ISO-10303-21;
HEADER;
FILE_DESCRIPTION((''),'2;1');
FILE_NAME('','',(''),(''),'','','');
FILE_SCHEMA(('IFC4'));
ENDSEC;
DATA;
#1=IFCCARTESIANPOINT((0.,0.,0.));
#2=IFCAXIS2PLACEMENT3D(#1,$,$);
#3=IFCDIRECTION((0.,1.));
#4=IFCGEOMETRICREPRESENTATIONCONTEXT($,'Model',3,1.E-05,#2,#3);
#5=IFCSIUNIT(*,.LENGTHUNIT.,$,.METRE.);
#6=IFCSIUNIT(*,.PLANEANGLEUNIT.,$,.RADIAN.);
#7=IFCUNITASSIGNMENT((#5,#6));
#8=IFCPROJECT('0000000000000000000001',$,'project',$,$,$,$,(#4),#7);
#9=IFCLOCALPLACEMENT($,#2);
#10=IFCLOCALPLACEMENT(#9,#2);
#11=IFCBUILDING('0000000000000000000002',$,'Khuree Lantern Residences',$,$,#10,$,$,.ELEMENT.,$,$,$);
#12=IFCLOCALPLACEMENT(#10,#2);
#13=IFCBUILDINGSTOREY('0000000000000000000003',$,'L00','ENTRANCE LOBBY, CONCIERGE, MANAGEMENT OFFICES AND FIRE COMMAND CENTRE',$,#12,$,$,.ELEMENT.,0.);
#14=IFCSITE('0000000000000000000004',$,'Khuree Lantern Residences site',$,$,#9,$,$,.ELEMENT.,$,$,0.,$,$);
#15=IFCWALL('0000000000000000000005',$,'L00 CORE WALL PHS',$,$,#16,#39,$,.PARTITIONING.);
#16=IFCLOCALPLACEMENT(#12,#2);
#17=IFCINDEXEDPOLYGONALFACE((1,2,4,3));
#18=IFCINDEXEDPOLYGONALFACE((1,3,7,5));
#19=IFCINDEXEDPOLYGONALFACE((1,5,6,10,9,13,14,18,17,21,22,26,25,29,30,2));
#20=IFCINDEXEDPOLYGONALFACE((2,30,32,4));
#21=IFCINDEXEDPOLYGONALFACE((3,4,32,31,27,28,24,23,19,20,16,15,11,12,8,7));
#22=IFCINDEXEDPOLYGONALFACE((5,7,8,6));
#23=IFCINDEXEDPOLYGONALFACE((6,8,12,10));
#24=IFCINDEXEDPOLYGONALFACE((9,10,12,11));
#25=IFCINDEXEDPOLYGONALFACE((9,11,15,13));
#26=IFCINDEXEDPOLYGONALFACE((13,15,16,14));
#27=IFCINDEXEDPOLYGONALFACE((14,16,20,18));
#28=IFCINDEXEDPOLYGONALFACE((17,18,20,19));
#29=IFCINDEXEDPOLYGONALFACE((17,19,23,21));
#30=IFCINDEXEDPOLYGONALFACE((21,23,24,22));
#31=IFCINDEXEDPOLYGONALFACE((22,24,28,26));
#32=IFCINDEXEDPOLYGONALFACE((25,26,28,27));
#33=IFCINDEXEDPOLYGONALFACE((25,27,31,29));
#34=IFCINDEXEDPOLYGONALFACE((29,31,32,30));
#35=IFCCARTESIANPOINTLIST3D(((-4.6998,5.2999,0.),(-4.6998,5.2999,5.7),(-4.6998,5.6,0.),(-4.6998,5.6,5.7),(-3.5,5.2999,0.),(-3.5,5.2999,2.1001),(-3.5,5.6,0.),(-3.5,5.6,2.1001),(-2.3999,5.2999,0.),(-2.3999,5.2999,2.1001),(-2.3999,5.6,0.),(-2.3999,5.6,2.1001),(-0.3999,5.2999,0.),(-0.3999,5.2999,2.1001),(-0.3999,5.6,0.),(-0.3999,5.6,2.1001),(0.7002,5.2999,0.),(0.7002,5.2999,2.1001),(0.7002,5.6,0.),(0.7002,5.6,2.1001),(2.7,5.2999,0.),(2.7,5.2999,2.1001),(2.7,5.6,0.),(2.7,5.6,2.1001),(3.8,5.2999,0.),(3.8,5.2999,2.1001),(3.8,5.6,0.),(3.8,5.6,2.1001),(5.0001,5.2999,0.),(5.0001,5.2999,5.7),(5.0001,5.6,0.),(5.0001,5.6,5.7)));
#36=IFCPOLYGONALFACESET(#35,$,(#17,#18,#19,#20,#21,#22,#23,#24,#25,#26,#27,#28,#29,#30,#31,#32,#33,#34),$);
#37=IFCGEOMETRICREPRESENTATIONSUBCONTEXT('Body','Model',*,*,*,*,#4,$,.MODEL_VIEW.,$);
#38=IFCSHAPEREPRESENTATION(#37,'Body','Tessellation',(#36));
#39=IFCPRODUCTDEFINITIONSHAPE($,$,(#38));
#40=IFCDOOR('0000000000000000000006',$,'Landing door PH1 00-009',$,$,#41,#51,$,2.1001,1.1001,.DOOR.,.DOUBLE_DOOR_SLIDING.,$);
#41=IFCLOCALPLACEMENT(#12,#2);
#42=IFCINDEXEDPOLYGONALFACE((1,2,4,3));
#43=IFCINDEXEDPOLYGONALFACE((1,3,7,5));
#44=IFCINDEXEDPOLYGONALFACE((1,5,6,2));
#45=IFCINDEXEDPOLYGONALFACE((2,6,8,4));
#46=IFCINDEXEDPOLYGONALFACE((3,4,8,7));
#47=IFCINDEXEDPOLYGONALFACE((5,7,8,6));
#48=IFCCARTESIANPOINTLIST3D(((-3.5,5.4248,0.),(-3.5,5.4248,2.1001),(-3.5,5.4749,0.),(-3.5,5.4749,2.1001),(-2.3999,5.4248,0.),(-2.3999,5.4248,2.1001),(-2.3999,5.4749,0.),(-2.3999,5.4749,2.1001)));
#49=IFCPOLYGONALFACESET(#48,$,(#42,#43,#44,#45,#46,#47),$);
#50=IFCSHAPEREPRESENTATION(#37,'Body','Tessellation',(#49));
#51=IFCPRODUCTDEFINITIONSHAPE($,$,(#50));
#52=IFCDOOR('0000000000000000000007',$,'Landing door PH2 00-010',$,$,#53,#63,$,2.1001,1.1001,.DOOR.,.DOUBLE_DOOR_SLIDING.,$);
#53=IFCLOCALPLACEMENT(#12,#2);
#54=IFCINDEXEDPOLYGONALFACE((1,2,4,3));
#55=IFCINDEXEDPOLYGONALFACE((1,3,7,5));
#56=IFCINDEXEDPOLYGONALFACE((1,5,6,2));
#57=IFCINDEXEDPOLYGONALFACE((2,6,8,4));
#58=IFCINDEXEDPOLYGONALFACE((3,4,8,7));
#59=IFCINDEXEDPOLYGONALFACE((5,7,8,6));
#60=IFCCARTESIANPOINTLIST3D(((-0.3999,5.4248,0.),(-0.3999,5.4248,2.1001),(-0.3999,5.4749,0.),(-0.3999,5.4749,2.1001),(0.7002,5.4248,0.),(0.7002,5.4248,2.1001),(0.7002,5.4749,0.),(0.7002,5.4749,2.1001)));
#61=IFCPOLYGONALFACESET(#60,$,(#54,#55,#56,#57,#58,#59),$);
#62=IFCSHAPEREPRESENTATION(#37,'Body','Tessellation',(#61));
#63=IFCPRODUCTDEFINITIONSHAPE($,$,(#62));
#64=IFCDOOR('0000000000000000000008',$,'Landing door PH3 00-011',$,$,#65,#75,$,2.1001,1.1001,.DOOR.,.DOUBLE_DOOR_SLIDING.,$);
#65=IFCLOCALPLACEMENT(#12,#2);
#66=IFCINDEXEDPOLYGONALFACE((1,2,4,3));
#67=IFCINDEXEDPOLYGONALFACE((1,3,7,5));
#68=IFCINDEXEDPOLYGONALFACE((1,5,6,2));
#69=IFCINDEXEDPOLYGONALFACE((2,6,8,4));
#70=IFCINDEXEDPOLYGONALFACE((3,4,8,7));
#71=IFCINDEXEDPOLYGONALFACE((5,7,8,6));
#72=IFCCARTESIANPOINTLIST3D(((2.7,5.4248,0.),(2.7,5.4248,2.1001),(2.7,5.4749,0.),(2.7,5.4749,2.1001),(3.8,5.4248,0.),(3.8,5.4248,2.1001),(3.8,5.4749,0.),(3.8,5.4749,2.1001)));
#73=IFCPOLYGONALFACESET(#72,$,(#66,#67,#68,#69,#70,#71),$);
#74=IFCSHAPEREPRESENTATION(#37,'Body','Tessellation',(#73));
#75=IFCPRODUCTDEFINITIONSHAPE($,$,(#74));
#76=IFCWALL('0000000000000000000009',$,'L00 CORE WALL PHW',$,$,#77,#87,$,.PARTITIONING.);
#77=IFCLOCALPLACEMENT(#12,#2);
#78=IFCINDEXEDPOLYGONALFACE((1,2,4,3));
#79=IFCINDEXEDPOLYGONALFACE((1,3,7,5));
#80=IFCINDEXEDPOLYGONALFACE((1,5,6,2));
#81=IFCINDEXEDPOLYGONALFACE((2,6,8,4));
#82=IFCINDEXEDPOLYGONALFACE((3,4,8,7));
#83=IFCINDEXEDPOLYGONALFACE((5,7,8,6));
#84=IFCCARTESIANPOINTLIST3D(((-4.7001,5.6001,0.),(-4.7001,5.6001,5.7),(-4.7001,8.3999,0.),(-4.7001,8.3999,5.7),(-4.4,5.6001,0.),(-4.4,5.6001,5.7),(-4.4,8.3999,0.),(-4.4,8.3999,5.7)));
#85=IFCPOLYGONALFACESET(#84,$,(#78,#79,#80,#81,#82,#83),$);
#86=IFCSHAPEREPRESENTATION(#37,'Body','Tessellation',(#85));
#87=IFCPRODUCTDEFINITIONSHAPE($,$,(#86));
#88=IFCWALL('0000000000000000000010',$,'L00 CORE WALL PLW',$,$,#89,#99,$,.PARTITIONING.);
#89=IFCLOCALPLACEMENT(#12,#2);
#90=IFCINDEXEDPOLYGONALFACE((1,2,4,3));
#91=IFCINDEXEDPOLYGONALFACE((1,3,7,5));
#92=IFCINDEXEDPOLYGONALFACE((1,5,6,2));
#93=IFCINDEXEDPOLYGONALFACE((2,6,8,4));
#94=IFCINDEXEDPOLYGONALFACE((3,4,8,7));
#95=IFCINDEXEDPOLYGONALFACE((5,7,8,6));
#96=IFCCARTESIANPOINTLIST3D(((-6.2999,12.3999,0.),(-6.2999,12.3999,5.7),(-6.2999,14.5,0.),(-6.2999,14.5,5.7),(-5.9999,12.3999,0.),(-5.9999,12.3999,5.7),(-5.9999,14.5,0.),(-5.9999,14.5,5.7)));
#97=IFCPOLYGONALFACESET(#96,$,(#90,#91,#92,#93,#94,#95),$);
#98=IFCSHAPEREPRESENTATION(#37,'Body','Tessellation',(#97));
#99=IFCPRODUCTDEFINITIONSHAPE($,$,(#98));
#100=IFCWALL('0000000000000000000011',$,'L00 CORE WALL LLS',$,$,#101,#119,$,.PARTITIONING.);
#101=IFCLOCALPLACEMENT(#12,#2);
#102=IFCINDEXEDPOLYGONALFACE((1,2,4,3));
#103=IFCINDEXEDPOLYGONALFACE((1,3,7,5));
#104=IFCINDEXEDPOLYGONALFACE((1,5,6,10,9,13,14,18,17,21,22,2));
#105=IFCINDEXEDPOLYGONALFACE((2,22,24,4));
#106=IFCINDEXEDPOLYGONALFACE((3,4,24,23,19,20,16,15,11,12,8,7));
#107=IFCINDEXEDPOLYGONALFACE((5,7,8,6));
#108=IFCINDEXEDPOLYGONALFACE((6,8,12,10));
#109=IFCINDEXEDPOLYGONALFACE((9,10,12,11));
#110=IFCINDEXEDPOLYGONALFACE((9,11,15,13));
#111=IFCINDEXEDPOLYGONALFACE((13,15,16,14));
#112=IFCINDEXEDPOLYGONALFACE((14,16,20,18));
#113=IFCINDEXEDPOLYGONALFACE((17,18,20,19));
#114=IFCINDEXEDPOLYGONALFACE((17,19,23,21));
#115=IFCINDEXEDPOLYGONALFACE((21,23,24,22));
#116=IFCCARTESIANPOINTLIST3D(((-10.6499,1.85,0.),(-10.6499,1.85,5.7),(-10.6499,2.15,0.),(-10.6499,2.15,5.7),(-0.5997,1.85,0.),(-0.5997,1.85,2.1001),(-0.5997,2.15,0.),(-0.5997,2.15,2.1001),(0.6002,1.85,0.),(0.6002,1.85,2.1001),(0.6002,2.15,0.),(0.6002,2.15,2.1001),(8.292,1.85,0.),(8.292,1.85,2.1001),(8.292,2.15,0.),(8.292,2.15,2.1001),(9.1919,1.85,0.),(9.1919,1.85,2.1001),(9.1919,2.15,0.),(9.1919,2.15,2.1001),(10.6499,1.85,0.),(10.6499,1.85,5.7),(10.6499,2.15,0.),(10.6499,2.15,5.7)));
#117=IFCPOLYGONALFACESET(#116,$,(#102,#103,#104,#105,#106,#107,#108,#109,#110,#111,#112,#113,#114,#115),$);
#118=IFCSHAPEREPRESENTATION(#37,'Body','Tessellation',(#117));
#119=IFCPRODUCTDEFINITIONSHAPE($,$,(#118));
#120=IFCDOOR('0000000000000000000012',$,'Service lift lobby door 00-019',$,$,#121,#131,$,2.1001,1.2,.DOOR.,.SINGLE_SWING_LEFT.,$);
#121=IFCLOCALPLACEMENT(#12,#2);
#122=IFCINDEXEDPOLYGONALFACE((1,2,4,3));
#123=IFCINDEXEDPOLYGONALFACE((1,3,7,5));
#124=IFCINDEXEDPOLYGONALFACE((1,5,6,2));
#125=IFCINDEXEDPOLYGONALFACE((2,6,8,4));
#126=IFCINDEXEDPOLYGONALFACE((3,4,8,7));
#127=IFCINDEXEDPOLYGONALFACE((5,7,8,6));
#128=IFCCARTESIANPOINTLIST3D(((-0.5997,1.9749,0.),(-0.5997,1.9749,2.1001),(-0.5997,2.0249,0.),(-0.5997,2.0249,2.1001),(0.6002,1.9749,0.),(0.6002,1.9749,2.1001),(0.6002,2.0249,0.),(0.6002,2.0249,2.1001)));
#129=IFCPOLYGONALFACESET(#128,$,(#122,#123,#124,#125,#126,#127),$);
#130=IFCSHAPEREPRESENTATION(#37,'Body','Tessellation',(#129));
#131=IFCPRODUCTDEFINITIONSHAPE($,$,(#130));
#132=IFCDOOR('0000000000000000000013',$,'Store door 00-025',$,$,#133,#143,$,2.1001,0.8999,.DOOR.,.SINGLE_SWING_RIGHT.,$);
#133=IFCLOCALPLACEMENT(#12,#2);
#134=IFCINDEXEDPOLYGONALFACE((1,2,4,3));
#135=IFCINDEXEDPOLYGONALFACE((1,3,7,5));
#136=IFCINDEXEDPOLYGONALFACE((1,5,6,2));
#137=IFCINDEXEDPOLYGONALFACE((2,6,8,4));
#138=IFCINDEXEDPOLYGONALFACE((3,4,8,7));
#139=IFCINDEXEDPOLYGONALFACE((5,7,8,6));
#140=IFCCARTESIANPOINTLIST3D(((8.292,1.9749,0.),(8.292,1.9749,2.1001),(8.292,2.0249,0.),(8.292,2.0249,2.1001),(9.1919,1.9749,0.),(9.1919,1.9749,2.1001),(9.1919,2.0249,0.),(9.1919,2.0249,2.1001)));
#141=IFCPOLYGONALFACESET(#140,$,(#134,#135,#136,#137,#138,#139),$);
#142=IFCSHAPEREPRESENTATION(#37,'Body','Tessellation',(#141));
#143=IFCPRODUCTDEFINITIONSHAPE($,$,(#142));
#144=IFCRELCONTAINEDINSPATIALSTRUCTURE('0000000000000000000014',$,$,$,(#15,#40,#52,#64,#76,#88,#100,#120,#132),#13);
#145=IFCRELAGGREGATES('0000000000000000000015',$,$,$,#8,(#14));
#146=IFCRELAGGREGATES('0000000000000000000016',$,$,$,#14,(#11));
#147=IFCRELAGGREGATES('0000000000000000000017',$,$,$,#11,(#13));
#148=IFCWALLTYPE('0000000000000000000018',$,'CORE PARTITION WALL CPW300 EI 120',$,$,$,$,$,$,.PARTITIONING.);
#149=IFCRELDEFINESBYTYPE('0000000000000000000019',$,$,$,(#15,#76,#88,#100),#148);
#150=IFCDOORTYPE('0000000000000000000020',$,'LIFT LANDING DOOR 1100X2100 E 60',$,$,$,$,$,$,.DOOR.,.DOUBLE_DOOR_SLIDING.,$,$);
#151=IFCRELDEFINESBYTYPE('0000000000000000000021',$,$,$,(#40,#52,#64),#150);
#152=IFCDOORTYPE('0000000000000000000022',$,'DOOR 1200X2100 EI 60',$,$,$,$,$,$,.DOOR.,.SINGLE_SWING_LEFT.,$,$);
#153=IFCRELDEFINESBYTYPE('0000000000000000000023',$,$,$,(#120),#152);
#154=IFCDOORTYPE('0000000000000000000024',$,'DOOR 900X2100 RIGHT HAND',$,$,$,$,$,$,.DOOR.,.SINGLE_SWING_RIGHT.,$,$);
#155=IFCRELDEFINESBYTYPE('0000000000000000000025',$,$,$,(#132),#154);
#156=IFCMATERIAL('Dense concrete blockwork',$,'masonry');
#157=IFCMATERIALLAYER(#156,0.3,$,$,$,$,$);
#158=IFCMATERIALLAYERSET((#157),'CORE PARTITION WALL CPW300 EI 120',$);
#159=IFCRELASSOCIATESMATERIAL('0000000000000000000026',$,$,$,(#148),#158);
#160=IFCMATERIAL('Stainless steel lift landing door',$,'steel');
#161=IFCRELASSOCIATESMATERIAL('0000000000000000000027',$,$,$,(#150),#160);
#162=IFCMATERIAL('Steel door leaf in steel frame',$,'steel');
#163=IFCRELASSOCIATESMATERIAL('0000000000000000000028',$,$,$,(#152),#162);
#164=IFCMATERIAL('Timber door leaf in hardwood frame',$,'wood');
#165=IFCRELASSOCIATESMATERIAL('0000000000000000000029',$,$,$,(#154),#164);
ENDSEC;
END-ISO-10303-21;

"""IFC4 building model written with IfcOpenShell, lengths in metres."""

from ifc_helpers import new_model, si_unit, direction, frame, frame_2d, origin, place, context, subcontext, project, spatial, rectangle, extrude, material, layer, layer_set, type_object, element, fill, save


model = new_model("IFC4")

# Units and contexts
model_context = context("Model", 3, precision=1e-05, world=origin(), true_north=direction((0.0, 1.0)))
body_context = subcontext(model_context, "Body", "Model", "MODEL_VIEW")
ifc_project = project(units=[si_unit("LENGTHUNIT", "METRE"), si_unit("PLANEANGLEUNIT", "RADIAN")], contexts=[model_context])

# Site, building, storey
site_placement = place(None, origin())
site = spatial("IfcSite", under=ifc_project, at=site_placement, Name="Khuree Lantern Residences site", CompositionType="ELEMENT", RefElevation=0.0)
building_placement = place(site_placement, origin())
building = spatial("IfcBuilding", under=site, at=building_placement, Name="Khuree Lantern Residences", CompositionType="ELEMENT")
storey_placement = place(building_placement, origin())
storey = spatial("IfcBuildingStorey", under=building, at=storey_placement, Name="L00", Description="ENTRANCE LOBBY, CONCIERGE, MANAGEMENT OFFICES AND FIRE COMMAND CENTRE", CompositionType="ELEMENT", Elevation=0.0)

# Wall, openings, doors
ifc_material_1 = material(Name="Dense concrete blockwork", Category="masonry")
ifc_layer_1 = layer(ifc_material_1, 0.3)
ifc_layer_set_1 = layer_set([ifc_layer_1], Name="CORE PARTITION WALL CPW300 EI 120")
wall_type_1 = type_object("IfcWallType", Name="CORE PARTITION WALL CPW300 EI 120", PredefinedType="PARTITIONING", material=ifc_layer_set_1)
wall_1_placement = place(storey_placement, frame((-4.7, 5.45, 0.0), z_axis=(0.0, 0.0, 1.0), x_axis=(1.0, 0.0, 0.0)))
wall_1 = element("IfcWall", 1, at=wall_1_placement, inside=storey, type_object=wall_type_1, Name="L00 CORE WALL PHS", PredefinedType="PARTITIONING", context=body_context, shape_type="SweptSolid", body=[
    extrude(rectangle(XDim=9.7, YDim=0.3, at=frame_2d((4.8501, 0.0))), origin(), (0.0, 0.0, 1.0), 5.7),
])
opening_1_placement = place(wall_1_placement, frame((1.2, 0.0, 0.0)))
opening_1 = element("IfcOpeningElement", 2, at=opening_1_placement, cuts=wall_1, PredefinedType="OPENING", context=body_context, shape_type="SweptSolid", body=[
    extrude(rectangle(XDim=1.1001, YDim=2.1001, at=frame_2d((0.55, 1.05))), frame((0.0, 0.1602, 0.0), z_axis=(0.0, -1.0, 0.0), x_axis=(1.0, 0.0, 0.0)), (0.0, 0.0, 1.0), 0.3201),
])
opening_2_placement = place(wall_1_placement, frame((4.3, 0.0, 0.0)))
opening_2 = element("IfcOpeningElement", 3, at=opening_2_placement, cuts=wall_1, PredefinedType="OPENING", context=body_context, shape_type="SweptSolid", body=[
    extrude(rectangle(XDim=1.1001, YDim=2.1001, at=frame_2d((0.55, 1.05))), frame((0.0, 0.1602, 0.0), z_axis=(0.0, -1.0, 0.0), x_axis=(1.0, 0.0, 0.0)), (0.0, 0.0, 1.0), 0.3201),
])
opening_3_placement = place(wall_1_placement, frame((7.3999, 0.0, 0.0)))
opening_3 = element("IfcOpeningElement", 4, at=opening_3_placement, cuts=wall_1, PredefinedType="OPENING", context=body_context, shape_type="SweptSolid", body=[
    extrude(rectangle(XDim=1.1001, YDim=2.1001, at=frame_2d((0.55, 1.05))), frame((0.0, 0.1602, 0.0), z_axis=(0.0, -1.0, 0.0), x_axis=(1.0, 0.0, 0.0)), (0.0, 0.0, 1.0), 0.3201),
])
ifc_material_2 = material(Name="Stainless steel lift landing door", Category="steel")
door_type_1 = type_object("IfcDoorType", Name="LIFT LANDING DOOR 1100X2100 E 60", OperationType="DOUBLE_DOOR_SLIDING", PredefinedType="DOOR", material=ifc_material_2)
door_1_placement = place(opening_1_placement, origin())
door_1 = element("IfcDoor", 5, at=door_1_placement, inside=storey, type_object=door_type_1, Name="Landing door PH1 00-009", OperationType="DOUBLE_DOOR_SLIDING", OverallHeight=2.1001, OverallWidth=1.1001, PredefinedType="DOOR", context=body_context, shape_type="SweptSolid", body=[
    extrude(rectangle(XDim=1.1001, YDim=2.1001, at=frame_2d((0.55, 1.05))), frame((0.0, 0.0249, 0.0), z_axis=(0.0, -1.0, 0.0), x_axis=(1.0, 0.0, 0.0)), (0.0, 0.0, 1.0), 0.05),
])
fill(opening_1, door_1)
door_2_placement = place(opening_2_placement, origin())
door_2 = element("IfcDoor", 6, at=door_2_placement, inside=storey, type_object=door_type_1, Name="Landing door PH2 00-010", OperationType="DOUBLE_DOOR_SLIDING", OverallHeight=2.1001, OverallWidth=1.1001, PredefinedType="DOOR", context=body_context, shape_type="SweptSolid", body=[
    extrude(rectangle(XDim=1.1001, YDim=2.1001, at=frame_2d((0.55, 1.05))), frame((0.0, 0.0249, 0.0), z_axis=(0.0, -1.0, 0.0), x_axis=(1.0, 0.0, 0.0)), (0.0, 0.0, 1.0), 0.05),
])
fill(opening_2, door_2)
door_3_placement = place(opening_3_placement, origin())
door_3 = element("IfcDoor", 7, at=door_3_placement, inside=storey, type_object=door_type_1, Name="Landing door PH3 00-011", OperationType="DOUBLE_DOOR_SLIDING", OverallHeight=2.1001, OverallWidth=1.1001, PredefinedType="DOOR", context=body_context, shape_type="SweptSolid", body=[
    extrude(rectangle(XDim=1.1001, YDim=2.1001, at=frame_2d((0.55, 1.05))), frame((0.0, 0.0249, 0.0), z_axis=(0.0, -1.0, 0.0), x_axis=(1.0, 0.0, 0.0)), (0.0, 0.0, 1.0), 0.05),
])
fill(opening_3, door_3)

# Walls
wall_2_placement = place(storey_placement, frame((-4.55, 5.6001, 0.0), z_axis=(0.0, 0.0, 1.0), x_axis=(0.0, 1.0, 0.0)))
element("IfcWall", 8, at=wall_2_placement, inside=storey, type_object=wall_type_1, Name="L00 CORE WALL PHW", PredefinedType="PARTITIONING", context=body_context, shape_type="SweptSolid", body=[
    extrude(rectangle(XDim=2.7998, YDim=0.3, at=frame_2d((1.3999, 0.0))), origin(), (0.0, 0.0, 1.0), 5.7),
])
wall_3_placement = place(storey_placement, frame((-6.1499, 12.3999, 0.0), z_axis=(0.0, 0.0, 1.0), x_axis=(0.0, 1.0, 0.0)))
element("IfcWall", 9, at=wall_3_placement, inside=storey, type_object=wall_type_1, Name="L00 CORE WALL PLW", PredefinedType="PARTITIONING", context=body_context, shape_type="SweptSolid", body=[
    extrude(rectangle(XDim=2.1001, YDim=0.3, at=frame_2d((1.05, 0.0))), origin(), (0.0, 0.0, 1.0), 5.7),
])

# Wall, openings, doors
wall_4_placement = place(storey_placement, frame((-10.6499, 2.0, 0.0), z_axis=(0.0, 0.0, 1.0), x_axis=(1.0, 0.0, 0.0)))
wall_4 = element("IfcWall", 10, at=wall_4_placement, inside=storey, type_object=wall_type_1, Name="L00 CORE WALL LLS", PredefinedType="PARTITIONING", context=body_context, shape_type="SweptSolid", body=[
    extrude(rectangle(XDim=21.2998, YDim=0.3, at=frame_2d((10.6499, 0.0))), origin(), (0.0, 0.0, 1.0), 5.7),
])
opening_4_placement = place(wall_4_placement, frame((10.05, 0.0, 0.0)))
opening_4 = element("IfcOpeningElement", 11, at=opening_4_placement, cuts=wall_4, PredefinedType="OPENING", context=body_context, shape_type="SweptSolid", body=[
    extrude(rectangle(XDim=1.2, YDim=2.1001, at=frame_2d((0.6001, 1.05))), frame((0.0, 0.1602, 0.0), z_axis=(0.0, -1.0, 0.0), x_axis=(1.0, 0.0, 0.0)), (0.0, 0.0, 1.0), 0.3201),
])
opening_5_placement = place(wall_4_placement, frame((18.9419, 0.0, 0.0)))
opening_5 = element("IfcOpeningElement", 12, at=opening_5_placement, cuts=wall_4, PredefinedType="OPENING", context=body_context, shape_type="SweptSolid", body=[
    extrude(rectangle(XDim=0.8999, YDim=2.1001, at=frame_2d((0.45, 1.05))), frame((0.0, 0.1602, 0.0), z_axis=(0.0, -1.0, 0.0), x_axis=(1.0, 0.0, 0.0)), (0.0, 0.0, 1.0), 0.3201),
])
ifc_material_3 = material(Name="Steel door leaf in steel frame", Category="steel")
door_type_2 = type_object("IfcDoorType", Name="DOOR 1200X2100 EI 60", OperationType="SINGLE_SWING_LEFT", PredefinedType="DOOR", material=ifc_material_3)
door_4_placement = place(opening_4_placement, origin())
door_4 = element("IfcDoor", 13, at=door_4_placement, inside=storey, type_object=door_type_2, Name="Service lift lobby door 00-019", OperationType="SINGLE_SWING_LEFT", OverallHeight=2.1001, OverallWidth=1.2, PredefinedType="DOOR", context=body_context, shape_type="SweptSolid", body=[
    extrude(rectangle(XDim=1.2, YDim=2.1001, at=frame_2d((0.6001, 1.05))), frame((0.0, 0.0249, 0.0), z_axis=(0.0, -1.0, 0.0), x_axis=(1.0, 0.0, 0.0)), (0.0, 0.0, 1.0), 0.05),
])
fill(opening_4, door_4)
ifc_material_4 = material(Name="Timber door leaf in hardwood frame", Category="wood")
door_type_3 = type_object("IfcDoorType", Name="DOOR 900X2100 RIGHT HAND", OperationType="SINGLE_SWING_RIGHT", PredefinedType="DOOR", material=ifc_material_4)
door_5_placement = place(opening_5_placement, origin())
door_5 = element("IfcDoor", 14, at=door_5_placement, inside=storey, type_object=door_type_3, Name="Store door 00-025", OperationType="SINGLE_SWING_RIGHT", OverallHeight=2.1001, OverallWidth=0.8999, PredefinedType="DOOR", context=body_context, shape_type="SweptSolid", body=[
    extrude(rectangle(XDim=0.8999, YDim=2.1001, at=frame_2d((0.45, 1.05))), frame((0.0, 0.0249, 0.0), z_axis=(0.0, -1.0, 0.0), x_axis=(1.0, 0.0, 0.0)), (0.0, 0.0, 1.0), 0.05),
])
fill(opening_5, door_5)

save(model, "model.ifc")
